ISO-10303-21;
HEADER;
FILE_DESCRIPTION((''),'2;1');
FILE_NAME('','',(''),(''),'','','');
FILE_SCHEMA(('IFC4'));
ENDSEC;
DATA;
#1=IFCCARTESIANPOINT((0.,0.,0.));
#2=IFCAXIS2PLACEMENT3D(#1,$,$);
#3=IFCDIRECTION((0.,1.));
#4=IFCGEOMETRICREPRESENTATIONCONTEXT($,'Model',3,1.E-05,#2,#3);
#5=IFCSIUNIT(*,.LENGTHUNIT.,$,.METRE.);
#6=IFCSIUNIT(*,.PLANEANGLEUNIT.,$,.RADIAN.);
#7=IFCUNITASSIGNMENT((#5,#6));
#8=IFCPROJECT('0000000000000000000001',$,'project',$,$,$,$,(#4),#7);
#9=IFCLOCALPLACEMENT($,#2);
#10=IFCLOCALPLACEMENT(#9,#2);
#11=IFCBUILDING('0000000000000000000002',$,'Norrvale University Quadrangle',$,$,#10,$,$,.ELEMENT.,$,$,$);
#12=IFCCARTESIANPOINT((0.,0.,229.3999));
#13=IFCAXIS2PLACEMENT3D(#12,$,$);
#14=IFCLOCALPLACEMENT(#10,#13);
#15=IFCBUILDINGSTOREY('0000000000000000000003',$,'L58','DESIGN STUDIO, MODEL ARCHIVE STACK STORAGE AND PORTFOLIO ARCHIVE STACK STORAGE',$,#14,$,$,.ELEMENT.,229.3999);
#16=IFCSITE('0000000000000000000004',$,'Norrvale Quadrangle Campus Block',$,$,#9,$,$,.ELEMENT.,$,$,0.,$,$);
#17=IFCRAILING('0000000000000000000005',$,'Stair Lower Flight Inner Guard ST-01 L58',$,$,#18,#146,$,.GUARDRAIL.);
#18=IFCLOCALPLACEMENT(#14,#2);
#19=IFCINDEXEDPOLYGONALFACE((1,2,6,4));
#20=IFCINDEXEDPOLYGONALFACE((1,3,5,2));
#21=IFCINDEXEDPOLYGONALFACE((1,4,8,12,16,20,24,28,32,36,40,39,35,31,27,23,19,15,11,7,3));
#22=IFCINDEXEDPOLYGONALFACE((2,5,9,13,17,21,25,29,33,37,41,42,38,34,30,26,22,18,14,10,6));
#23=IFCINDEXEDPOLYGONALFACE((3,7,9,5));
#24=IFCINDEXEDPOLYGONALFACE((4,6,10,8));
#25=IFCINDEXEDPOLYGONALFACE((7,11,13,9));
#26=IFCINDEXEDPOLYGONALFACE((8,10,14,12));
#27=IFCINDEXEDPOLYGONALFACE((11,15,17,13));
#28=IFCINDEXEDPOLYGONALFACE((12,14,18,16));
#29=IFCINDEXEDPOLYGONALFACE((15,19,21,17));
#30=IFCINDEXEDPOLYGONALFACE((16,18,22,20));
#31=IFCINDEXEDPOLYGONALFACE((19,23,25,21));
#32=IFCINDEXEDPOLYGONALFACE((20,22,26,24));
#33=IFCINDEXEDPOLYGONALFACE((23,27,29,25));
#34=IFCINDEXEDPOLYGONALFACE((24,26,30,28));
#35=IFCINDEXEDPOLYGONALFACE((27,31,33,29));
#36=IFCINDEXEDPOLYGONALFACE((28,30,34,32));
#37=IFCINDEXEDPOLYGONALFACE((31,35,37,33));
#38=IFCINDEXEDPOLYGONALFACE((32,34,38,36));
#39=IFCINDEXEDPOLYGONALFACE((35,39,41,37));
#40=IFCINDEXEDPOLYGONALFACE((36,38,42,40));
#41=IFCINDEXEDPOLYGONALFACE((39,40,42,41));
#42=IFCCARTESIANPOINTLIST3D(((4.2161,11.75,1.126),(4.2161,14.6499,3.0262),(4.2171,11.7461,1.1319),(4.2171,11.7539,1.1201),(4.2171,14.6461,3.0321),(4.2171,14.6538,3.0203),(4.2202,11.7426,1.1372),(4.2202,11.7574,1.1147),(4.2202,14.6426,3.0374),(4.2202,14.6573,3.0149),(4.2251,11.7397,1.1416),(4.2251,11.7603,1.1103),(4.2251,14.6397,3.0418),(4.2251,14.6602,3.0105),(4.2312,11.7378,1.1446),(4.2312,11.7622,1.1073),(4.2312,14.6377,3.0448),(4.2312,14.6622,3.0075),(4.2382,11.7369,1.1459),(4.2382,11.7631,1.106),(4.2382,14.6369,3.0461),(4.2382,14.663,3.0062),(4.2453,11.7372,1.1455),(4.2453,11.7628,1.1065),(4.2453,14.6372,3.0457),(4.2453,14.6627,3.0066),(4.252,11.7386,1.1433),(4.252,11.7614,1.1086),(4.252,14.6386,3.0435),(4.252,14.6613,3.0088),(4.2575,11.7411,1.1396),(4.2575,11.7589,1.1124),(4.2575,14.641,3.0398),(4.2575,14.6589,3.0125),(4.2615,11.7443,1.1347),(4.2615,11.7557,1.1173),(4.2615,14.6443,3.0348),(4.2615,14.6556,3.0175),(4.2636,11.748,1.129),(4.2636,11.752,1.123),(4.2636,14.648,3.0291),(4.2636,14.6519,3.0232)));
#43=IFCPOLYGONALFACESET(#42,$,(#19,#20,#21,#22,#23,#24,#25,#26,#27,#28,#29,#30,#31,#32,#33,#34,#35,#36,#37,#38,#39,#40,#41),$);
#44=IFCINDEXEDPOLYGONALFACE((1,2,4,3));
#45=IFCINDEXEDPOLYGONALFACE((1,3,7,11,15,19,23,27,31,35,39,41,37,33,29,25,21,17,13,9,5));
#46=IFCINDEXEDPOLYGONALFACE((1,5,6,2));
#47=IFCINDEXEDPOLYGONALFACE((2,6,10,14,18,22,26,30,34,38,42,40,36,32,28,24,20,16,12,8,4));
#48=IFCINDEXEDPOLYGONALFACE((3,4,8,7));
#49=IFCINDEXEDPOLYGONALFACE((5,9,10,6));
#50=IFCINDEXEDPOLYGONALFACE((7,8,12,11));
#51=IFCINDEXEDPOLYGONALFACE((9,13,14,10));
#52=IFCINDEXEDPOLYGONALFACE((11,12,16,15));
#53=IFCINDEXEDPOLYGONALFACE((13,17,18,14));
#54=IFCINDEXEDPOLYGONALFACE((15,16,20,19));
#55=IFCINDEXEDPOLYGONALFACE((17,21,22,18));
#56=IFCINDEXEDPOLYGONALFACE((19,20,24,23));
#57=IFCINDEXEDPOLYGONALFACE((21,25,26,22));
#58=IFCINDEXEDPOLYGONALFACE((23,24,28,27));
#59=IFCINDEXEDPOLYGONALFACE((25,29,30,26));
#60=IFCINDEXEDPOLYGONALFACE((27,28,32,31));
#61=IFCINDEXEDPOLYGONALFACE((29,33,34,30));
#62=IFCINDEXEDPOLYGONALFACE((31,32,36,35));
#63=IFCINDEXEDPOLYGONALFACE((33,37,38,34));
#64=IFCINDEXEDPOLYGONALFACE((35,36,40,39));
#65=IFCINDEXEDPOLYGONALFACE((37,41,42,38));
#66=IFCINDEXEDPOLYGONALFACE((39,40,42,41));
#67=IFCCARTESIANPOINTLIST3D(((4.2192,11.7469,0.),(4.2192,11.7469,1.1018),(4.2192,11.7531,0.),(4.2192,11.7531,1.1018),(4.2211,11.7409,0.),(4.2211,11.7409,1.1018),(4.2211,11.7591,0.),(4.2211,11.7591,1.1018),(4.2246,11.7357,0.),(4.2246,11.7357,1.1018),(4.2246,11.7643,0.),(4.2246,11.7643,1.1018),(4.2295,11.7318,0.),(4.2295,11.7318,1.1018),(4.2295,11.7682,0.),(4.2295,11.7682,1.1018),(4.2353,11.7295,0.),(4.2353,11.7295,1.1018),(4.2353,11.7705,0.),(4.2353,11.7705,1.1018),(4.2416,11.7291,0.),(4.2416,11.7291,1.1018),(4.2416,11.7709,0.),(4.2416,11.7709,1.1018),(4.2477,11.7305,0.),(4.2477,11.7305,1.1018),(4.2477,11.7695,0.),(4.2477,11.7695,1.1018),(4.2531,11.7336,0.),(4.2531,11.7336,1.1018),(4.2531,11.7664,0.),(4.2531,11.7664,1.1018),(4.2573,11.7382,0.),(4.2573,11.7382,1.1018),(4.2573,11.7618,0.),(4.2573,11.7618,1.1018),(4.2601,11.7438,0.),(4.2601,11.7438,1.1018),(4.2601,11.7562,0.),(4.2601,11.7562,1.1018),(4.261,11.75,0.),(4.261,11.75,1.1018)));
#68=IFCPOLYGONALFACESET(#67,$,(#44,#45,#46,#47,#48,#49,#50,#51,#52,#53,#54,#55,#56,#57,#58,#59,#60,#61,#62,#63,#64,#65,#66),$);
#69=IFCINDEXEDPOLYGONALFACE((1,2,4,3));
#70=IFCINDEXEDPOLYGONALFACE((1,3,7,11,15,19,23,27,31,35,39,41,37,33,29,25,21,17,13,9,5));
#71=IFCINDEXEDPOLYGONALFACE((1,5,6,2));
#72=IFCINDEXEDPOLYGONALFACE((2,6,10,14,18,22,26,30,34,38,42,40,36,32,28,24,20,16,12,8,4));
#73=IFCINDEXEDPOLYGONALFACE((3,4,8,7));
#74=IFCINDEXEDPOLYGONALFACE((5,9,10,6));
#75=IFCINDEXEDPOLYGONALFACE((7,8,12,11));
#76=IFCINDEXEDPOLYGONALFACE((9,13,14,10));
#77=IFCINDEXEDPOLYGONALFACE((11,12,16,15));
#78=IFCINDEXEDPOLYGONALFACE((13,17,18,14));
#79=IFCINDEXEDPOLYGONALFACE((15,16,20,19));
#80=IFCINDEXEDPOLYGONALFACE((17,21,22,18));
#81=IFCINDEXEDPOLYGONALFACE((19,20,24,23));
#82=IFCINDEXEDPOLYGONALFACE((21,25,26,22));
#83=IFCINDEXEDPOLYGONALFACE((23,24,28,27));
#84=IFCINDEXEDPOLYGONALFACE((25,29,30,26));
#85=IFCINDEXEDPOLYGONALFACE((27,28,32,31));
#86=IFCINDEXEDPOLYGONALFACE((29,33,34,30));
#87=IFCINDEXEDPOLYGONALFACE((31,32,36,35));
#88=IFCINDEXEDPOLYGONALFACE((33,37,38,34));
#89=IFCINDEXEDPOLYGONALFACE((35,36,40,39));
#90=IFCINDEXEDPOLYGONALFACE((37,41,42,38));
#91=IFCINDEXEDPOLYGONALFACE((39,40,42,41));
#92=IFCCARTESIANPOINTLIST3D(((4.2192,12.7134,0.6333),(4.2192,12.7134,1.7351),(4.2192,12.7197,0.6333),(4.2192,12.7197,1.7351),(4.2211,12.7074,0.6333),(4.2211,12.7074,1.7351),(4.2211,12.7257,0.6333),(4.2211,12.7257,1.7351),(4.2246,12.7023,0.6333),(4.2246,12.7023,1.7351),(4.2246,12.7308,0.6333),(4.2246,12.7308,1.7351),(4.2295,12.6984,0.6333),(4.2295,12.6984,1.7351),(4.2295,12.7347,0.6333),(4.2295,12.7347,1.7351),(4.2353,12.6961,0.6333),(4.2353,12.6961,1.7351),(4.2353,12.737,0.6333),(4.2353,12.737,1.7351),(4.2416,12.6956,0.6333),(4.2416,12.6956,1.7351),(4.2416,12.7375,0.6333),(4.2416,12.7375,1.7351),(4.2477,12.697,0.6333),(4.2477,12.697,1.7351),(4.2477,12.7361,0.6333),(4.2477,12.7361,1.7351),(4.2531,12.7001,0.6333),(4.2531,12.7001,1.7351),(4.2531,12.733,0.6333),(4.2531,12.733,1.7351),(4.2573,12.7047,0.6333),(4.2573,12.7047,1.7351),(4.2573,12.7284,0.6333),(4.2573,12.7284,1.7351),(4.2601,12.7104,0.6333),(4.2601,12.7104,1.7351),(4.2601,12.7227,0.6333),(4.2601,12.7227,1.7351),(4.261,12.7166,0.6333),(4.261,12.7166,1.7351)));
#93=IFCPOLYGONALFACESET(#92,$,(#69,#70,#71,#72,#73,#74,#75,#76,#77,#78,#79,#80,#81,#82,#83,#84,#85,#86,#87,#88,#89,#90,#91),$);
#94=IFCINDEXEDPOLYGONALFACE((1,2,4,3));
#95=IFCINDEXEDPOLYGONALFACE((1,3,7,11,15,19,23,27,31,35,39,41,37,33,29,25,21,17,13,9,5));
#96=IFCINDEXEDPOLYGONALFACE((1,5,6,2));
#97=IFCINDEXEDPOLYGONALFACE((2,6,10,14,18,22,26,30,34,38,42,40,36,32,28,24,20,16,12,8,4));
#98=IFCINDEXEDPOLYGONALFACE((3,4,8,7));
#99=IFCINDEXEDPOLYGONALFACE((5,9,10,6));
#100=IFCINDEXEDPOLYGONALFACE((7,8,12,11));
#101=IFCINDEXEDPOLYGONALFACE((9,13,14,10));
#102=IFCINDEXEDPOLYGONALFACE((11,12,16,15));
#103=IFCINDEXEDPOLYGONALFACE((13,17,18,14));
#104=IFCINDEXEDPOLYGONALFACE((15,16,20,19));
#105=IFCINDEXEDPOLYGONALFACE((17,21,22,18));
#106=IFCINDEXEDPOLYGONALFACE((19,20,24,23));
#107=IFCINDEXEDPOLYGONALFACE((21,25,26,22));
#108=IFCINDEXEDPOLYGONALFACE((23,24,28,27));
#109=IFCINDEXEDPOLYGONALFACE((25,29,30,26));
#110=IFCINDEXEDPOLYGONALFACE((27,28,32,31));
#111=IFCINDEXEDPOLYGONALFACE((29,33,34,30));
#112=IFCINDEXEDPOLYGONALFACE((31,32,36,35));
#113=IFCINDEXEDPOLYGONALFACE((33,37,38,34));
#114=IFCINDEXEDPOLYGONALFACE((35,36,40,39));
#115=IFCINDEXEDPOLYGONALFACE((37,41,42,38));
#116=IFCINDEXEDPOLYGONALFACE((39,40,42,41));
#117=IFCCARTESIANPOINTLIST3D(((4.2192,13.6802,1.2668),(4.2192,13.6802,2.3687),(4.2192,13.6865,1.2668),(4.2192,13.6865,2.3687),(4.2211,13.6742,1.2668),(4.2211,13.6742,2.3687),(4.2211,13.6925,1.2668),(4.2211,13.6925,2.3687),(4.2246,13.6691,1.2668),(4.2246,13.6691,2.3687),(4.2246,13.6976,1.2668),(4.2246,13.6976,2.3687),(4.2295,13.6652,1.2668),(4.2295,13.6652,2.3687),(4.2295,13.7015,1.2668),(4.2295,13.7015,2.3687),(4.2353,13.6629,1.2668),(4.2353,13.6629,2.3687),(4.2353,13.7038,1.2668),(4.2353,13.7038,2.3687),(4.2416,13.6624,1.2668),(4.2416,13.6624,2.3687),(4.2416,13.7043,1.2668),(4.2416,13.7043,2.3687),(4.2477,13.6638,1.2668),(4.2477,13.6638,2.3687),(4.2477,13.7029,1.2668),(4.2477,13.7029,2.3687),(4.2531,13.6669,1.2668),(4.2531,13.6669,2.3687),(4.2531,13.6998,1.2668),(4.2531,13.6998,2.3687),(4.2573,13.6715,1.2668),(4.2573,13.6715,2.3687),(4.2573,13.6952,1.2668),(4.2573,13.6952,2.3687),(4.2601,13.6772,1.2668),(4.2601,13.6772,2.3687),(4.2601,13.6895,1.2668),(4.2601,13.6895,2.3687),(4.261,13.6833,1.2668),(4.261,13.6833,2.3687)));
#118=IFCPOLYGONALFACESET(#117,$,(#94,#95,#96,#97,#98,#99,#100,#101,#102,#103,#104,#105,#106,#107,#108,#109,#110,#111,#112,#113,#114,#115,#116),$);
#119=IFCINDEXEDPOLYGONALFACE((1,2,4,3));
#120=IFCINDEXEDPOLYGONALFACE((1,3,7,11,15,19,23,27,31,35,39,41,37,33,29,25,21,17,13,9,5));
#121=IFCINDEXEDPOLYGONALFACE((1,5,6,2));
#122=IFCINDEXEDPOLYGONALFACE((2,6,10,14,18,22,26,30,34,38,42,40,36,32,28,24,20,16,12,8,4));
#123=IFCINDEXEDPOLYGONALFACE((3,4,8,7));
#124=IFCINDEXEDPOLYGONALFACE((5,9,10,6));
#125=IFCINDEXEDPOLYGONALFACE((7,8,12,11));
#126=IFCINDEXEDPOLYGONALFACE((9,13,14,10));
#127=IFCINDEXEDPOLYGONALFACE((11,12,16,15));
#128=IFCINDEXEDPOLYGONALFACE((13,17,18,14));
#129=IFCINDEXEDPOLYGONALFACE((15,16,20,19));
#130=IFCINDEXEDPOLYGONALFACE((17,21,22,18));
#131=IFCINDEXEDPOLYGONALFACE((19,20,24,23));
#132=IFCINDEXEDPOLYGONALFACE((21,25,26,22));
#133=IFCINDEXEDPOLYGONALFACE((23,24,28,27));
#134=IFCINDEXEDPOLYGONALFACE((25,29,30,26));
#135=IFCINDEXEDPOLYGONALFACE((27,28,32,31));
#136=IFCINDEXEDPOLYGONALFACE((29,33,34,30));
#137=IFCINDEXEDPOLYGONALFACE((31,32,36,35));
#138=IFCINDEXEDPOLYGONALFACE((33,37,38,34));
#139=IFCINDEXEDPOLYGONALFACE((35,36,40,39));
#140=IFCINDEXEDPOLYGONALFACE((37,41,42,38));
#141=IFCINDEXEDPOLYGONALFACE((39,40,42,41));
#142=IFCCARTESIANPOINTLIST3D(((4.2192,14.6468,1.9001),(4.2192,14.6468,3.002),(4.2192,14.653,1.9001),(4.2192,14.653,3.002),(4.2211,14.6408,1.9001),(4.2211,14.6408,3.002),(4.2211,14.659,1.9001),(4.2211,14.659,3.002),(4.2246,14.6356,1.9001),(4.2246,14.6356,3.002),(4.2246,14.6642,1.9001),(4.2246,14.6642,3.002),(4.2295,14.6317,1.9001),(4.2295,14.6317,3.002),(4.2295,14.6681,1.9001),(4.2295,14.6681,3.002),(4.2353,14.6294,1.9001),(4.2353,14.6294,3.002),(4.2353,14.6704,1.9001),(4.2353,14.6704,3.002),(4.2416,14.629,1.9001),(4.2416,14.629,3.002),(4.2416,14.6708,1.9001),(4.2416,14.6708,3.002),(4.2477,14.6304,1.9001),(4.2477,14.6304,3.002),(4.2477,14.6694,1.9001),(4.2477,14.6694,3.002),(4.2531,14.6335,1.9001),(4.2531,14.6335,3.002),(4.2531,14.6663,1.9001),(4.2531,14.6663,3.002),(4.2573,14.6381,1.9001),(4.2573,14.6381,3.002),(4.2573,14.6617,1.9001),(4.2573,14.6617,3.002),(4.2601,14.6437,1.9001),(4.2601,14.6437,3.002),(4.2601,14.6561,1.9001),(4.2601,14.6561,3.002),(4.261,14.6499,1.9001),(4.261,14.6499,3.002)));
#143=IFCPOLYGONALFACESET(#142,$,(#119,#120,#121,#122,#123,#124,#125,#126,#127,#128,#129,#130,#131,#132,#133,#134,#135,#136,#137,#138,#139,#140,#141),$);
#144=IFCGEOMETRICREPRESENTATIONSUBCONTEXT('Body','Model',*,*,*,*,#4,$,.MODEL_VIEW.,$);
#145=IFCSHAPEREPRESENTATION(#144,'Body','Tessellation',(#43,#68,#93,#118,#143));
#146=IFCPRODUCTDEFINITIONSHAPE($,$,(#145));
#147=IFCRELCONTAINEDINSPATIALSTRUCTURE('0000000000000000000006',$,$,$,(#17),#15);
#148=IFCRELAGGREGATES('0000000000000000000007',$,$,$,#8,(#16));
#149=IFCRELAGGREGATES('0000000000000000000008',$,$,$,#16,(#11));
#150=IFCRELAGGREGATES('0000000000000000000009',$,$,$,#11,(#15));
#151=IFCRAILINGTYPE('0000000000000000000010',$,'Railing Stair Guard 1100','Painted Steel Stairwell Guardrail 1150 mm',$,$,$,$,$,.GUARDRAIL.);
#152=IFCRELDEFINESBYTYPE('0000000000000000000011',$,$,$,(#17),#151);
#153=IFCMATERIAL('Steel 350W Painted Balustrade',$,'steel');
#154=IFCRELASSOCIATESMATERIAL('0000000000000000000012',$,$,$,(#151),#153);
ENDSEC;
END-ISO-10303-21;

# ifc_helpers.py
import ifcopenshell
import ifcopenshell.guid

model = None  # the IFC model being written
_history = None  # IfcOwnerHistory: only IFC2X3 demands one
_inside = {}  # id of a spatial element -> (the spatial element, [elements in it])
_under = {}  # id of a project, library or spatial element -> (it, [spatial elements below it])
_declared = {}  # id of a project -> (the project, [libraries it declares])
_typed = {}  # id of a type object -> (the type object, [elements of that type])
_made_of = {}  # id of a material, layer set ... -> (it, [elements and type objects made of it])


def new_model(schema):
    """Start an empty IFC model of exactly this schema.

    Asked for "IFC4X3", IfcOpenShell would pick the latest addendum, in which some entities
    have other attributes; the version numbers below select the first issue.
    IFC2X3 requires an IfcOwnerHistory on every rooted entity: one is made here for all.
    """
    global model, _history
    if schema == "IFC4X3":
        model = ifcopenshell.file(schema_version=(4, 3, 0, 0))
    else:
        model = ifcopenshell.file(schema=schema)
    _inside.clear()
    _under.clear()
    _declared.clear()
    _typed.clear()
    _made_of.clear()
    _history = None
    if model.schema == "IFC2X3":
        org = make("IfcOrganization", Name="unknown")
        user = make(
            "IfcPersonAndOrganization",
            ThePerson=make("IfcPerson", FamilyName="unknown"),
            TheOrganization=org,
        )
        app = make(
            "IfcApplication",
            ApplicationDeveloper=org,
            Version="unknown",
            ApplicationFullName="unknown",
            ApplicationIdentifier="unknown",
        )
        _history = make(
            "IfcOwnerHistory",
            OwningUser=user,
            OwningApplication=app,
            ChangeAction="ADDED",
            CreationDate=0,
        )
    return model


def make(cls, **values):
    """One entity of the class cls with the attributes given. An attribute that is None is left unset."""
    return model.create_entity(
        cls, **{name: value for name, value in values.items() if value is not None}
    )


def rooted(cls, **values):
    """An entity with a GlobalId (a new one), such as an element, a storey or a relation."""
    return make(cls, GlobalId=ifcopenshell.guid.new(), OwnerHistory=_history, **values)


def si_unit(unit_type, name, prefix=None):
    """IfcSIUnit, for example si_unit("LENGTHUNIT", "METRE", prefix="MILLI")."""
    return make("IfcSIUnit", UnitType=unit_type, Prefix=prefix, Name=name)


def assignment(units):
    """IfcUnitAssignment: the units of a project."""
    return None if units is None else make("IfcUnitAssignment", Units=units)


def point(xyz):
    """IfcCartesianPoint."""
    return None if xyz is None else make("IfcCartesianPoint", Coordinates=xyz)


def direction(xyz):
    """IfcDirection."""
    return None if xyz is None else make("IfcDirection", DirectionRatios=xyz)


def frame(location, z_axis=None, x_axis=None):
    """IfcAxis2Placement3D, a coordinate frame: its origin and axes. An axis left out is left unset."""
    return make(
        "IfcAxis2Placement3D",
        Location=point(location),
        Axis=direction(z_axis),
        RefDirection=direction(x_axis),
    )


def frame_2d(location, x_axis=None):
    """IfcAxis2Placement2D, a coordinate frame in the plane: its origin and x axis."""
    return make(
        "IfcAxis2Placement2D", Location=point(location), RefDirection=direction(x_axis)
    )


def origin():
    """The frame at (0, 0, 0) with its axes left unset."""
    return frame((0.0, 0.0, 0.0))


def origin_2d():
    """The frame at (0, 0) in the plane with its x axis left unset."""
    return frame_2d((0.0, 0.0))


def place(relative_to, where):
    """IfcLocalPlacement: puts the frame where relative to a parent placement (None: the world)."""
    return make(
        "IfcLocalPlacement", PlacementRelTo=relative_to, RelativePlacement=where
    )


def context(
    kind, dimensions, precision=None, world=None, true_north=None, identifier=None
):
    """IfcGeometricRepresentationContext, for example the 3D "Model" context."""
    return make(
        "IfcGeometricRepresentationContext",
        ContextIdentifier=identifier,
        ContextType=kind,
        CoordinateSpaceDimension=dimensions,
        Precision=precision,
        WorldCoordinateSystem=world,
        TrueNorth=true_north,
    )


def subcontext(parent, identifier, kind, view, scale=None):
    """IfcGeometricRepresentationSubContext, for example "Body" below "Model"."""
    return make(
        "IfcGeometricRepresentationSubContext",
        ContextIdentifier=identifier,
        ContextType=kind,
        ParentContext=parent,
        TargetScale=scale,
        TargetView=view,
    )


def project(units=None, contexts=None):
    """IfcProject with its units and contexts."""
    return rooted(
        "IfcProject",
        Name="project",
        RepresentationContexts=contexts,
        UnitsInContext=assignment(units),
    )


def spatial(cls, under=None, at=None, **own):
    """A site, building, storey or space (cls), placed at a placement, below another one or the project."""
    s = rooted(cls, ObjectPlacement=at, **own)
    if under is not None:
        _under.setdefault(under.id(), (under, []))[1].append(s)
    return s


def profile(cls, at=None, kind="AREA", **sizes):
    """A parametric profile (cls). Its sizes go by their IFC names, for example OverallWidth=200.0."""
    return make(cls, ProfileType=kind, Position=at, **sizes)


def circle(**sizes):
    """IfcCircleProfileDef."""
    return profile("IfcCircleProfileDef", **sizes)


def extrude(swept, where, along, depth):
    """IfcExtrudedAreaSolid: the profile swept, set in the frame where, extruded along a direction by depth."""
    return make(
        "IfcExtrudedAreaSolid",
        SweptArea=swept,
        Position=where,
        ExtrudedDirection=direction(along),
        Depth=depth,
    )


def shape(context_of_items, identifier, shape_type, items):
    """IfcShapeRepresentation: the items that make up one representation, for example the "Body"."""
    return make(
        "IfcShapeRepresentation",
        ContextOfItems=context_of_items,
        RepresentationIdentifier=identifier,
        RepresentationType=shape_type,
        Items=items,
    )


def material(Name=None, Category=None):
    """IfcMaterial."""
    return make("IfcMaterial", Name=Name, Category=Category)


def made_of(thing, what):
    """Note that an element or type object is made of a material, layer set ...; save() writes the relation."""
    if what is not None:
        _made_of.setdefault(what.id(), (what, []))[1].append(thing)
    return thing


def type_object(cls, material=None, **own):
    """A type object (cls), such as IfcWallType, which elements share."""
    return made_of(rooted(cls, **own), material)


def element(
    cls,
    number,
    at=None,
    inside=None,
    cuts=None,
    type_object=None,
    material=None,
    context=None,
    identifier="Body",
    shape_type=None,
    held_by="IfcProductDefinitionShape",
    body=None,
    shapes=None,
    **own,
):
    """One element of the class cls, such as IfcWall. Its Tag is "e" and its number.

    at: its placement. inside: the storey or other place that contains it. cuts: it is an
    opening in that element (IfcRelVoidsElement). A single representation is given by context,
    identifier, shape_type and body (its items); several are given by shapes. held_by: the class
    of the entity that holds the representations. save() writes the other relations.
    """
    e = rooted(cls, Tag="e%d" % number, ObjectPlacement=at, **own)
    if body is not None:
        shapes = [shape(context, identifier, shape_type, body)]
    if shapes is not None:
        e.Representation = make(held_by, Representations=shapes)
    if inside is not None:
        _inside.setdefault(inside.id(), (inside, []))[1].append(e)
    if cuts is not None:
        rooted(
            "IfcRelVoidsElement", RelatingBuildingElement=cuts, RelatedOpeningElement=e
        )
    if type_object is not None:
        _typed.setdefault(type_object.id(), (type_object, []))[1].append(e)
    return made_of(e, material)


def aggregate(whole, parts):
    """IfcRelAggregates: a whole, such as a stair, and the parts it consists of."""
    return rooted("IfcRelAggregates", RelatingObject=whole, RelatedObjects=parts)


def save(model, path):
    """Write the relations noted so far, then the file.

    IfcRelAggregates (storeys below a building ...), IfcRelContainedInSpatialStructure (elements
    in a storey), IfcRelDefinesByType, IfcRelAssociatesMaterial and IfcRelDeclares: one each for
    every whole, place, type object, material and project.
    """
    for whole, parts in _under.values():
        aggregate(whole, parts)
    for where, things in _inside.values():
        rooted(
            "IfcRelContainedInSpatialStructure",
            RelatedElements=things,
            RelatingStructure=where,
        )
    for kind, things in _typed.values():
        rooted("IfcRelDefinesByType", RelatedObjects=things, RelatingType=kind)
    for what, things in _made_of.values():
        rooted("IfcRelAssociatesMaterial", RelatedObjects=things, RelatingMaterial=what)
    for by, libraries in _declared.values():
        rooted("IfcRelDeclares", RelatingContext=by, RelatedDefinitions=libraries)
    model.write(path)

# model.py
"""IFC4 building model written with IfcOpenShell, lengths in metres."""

from ifc_helpers import new_model, si_unit, direction, frame, origin, origin_2d, place, context, subcontext, project, spatial, circle, extrude, material, type_object, element, save


model = new_model("IFC4")

# Units and contexts
model_context = context("Model", 3, precision=1e-05, world=origin(), true_north=direction((0.0, 1.0)))
body_context = subcontext(model_context, "Body", "Model", "MODEL_VIEW")
ifc_project = project(units=[si_unit("LENGTHUNIT", "METRE"), si_unit("PLANEANGLEUNIT", "RADIAN")], contexts=[model_context])

# Site, building, storey
site_placement = place(None, origin())
site = spatial("IfcSite", under=ifc_project, at=site_placement, Name="Norrvale Quadrangle Campus Block", CompositionType="ELEMENT", RefElevation=0.0)
building_placement = place(site_placement, origin())
building = spatial("IfcBuilding", under=site, at=building_placement, Name="Norrvale University Quadrangle", CompositionType="ELEMENT")
storey_placement = place(building_placement, frame((0.0, 0.0, 229.3999)))
storey = spatial("IfcBuildingStorey", under=building, at=storey_placement, Name="L58", Description="DESIGN STUDIO, MODEL ARCHIVE STACK STORAGE AND PORTFOLIO ARCHIVE STACK STORAGE", CompositionType="ELEMENT", Elevation=229.3999)

# Railing
ifc_material_1 = material(Name="Steel 350W Painted Balustrade", Category="steel")
railing_type_1 = type_object("IfcRailingType", Name="Railing Stair Guard 1100", Description="Painted Steel Stairwell Guardrail 1150 mm", PredefinedType="GUARDRAIL", material=ifc_material_1)
railing_1_placement = place(storey_placement, frame((4.24, 11.75, 0.0)))
element("IfcRailing", 1, at=railing_1_placement, inside=storey, type_object=railing_type_1, Name="Stair Lower Flight Inner Guard ST-01 L58", PredefinedType="GUARDRAIL", context=body_context, shape_type="SweptSolid", body=[
    extrude(circle(Radius=0.0239, at=origin_2d()), frame((0.0, 0.0, 1.126), z_axis=(0.0, 0.836433, 0.548069), x_axis=(-1.0, 0.0, 0.0)), (0.0, 0.0, 1.0), 3.467),
    extrude(circle(Radius=0.021, at=origin_2d()), origin(), (0.0, 0.0, 1.0), 1.1018),
    extrude(circle(Radius=0.021, at=origin_2d()), frame((0.0, 0.9666, 0.6333)), (0.0, 0.0, 1.0), 1.1018),
    extrude(circle(Radius=0.021, at=origin_2d()), frame((0.0, 1.9333, 1.2668)), (0.0, 0.0, 1.0), 1.1018),
    extrude(circle(Radius=0.021, at=origin_2d()), frame((0.0, 2.8999, 1.9001)), (0.0, 0.0, 1.0), 1.1018),
])

save(model, "model.ifc")
